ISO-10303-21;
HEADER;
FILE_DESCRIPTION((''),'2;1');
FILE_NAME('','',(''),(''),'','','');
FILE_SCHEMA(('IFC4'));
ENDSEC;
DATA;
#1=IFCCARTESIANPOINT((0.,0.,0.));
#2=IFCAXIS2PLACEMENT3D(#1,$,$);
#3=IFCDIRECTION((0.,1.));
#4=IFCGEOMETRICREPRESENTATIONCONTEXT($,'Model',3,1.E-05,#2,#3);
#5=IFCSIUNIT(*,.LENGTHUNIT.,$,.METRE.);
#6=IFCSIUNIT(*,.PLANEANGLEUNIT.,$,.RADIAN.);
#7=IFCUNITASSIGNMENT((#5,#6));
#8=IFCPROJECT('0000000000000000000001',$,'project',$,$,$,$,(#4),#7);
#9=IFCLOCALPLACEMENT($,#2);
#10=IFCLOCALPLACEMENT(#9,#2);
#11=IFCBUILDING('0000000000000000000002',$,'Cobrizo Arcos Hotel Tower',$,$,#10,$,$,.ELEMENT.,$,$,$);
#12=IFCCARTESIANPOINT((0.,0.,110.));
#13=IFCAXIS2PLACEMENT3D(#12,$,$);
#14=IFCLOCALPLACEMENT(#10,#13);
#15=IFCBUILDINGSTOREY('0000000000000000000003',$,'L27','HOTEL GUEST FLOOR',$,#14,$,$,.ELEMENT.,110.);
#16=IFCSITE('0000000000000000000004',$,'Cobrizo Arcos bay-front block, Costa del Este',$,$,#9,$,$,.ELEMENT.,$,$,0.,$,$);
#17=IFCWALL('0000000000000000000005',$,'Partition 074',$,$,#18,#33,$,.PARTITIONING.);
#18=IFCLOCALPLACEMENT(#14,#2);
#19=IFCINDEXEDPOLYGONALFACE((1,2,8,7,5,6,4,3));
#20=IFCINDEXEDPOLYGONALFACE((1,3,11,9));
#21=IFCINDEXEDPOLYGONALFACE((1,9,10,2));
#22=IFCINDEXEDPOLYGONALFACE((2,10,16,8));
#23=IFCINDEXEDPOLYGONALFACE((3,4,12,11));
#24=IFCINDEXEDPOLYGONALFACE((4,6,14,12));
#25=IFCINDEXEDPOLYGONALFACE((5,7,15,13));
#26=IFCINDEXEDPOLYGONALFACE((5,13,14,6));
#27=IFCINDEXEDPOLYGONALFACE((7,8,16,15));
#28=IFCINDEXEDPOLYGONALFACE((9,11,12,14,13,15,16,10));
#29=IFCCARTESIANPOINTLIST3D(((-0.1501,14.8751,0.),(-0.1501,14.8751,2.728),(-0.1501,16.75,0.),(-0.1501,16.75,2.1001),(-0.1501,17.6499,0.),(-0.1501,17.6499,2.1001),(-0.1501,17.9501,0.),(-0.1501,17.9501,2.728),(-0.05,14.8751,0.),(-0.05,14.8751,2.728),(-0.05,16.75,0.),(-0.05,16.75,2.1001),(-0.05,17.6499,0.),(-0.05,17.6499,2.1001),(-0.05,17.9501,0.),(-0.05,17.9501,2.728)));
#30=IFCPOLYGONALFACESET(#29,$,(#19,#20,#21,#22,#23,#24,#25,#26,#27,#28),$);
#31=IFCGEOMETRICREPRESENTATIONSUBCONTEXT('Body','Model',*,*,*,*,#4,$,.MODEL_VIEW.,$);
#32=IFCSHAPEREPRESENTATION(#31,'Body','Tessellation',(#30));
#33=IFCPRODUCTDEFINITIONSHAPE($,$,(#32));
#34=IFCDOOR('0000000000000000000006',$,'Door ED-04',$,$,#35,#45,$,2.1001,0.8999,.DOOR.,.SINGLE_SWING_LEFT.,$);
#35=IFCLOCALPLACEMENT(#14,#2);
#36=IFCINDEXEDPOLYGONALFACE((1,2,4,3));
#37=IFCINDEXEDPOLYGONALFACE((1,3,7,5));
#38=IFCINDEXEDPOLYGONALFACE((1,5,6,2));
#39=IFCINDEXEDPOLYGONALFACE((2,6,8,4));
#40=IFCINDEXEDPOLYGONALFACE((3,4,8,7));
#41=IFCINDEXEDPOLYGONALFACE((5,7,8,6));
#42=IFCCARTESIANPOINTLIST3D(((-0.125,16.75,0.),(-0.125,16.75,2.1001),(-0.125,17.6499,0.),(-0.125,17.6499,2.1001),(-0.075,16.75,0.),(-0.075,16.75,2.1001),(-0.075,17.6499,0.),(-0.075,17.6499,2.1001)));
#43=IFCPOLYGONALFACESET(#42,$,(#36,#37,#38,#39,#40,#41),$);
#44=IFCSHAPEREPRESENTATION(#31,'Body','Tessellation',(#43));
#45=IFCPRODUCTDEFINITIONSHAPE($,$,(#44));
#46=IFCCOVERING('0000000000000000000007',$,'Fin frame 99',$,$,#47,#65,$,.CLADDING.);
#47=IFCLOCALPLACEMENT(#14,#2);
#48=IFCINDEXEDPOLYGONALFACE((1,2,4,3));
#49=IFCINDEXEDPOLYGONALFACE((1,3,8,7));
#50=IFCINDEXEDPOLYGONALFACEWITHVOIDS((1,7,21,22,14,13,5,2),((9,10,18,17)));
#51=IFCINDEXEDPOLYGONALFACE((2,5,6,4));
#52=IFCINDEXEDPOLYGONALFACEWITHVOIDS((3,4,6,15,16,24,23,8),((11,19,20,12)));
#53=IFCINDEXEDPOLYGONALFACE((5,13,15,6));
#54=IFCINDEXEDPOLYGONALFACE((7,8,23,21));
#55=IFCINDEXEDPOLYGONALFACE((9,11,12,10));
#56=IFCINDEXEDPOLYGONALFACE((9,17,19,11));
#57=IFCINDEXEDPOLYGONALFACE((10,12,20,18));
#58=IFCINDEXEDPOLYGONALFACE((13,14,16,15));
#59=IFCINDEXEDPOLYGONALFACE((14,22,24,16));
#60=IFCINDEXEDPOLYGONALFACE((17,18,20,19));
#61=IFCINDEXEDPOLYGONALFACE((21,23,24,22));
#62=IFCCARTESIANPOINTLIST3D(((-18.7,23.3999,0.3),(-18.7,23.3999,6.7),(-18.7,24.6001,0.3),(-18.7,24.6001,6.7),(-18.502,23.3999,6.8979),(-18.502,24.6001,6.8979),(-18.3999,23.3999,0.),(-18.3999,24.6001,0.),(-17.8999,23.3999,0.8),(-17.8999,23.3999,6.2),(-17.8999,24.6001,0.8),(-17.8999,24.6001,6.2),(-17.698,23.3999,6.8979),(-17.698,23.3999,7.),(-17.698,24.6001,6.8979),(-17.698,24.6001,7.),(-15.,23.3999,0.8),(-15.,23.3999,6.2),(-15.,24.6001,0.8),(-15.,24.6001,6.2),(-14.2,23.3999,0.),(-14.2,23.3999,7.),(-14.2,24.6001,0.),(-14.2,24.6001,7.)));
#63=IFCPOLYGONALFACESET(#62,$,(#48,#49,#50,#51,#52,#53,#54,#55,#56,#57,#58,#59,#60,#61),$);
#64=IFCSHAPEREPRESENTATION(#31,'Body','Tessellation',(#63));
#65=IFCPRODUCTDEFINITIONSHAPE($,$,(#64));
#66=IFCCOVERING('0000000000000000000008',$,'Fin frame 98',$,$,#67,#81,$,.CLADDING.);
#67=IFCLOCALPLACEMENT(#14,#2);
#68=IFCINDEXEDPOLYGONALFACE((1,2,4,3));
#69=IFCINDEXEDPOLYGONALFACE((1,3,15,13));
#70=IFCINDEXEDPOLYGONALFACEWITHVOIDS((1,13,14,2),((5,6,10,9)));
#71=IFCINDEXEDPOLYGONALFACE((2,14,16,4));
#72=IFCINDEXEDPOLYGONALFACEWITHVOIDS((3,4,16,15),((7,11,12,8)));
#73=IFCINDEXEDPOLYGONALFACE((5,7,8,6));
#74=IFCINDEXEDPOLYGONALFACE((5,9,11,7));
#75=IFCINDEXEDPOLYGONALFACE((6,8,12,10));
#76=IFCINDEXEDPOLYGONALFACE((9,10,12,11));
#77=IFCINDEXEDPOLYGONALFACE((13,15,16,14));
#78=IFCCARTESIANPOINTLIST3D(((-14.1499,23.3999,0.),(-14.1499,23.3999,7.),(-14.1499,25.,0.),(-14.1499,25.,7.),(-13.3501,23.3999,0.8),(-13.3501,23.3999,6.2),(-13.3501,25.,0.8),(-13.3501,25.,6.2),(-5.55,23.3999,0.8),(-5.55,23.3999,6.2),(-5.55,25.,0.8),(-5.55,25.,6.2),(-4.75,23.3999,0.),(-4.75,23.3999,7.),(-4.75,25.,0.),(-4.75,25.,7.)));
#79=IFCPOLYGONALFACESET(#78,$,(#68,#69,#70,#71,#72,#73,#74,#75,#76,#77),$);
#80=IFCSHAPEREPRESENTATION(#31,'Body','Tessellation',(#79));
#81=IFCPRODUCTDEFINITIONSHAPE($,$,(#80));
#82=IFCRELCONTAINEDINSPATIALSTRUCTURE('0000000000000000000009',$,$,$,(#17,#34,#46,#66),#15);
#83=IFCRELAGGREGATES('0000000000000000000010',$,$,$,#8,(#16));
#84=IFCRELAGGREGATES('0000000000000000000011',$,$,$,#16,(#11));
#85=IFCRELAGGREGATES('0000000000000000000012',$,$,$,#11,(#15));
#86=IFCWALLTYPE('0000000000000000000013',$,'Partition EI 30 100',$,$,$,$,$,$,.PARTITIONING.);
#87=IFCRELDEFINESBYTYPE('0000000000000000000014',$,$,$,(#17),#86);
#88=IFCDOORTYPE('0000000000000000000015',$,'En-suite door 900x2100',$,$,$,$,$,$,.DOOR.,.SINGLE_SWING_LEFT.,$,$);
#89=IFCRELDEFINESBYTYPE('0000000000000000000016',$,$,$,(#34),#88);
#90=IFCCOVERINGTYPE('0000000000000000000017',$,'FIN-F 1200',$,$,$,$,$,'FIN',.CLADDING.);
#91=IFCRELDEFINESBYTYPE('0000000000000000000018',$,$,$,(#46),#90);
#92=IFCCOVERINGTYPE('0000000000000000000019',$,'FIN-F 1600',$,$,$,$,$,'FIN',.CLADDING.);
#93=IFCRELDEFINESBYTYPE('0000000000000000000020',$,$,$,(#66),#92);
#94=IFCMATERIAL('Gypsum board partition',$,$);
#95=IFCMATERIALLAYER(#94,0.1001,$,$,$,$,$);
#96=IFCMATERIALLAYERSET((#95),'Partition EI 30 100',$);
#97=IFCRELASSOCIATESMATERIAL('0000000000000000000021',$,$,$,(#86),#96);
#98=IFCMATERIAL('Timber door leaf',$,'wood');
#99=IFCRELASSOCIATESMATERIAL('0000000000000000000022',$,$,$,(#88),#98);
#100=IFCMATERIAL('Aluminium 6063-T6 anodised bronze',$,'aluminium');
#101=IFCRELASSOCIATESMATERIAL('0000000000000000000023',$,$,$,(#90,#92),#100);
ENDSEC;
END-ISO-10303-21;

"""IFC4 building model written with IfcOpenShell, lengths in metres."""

from ifc_helpers import new_model, si_unit, direction, frame, frame_2d, origin, place, context, subcontext, project, spatial, polyline, rectangle, outline, extrude, material, layer, layer_set, type_object, element, fill, save


model = new_model("IFC4")

# Units and contexts
model_context = context("Model", 3, precision=1e-05, world=origin(), true_north=direction((0.0, 1.0)))
body_context = subcontext(model_context, "Body", "Model", "MODEL_VIEW")
ifc_project = project(units=[si_unit("LENGTHUNIT", "METRE"), si_unit("PLANEANGLEUNIT", "RADIAN")], contexts=[model_context])

# Site, building, storey
site_placement = place(None, origin())
site = spatial("IfcSite", under=ifc_project, at=site_placement, Name="Cobrizo Arcos bay-front block, Costa del Este", CompositionType="ELEMENT", RefElevation=0.0)
building_placement = place(site_placement, origin())
building = spatial("IfcBuilding", under=site, at=building_placement, Name="Cobrizo Arcos Hotel Tower", CompositionType="ELEMENT")
storey_placement = place(building_placement, frame((0.0, 0.0, 110.0)))
storey = spatial("IfcBuildingStorey", under=building, at=storey_placement, Name="L27", Description="HOTEL GUEST FLOOR", CompositionType="ELEMENT", Elevation=110.0)

# Shared definitions
ifc_material_1 = material(Name="Aluminium 6063-T6 anodised bronze", Category="aluminium")

# Shared definitions
ifc_material_2 = material(Name="Gypsum board partition")
ifc_layer_1 = layer(ifc_material_2, 0.1001)
ifc_layer_set_1 = layer_set([ifc_layer_1], Name="Partition EI 30 100")
wall_type = type_object("IfcWallType", Name="Partition EI 30 100", PredefinedType="PARTITIONING", material=ifc_layer_set_1)

# Shared definitions
ifc_material_3 = material(Name="Timber door leaf", Category="wood")
door_type = type_object("IfcDoorType", Name="En-suite door 900x2100", OperationType="SINGLE_SWING_LEFT", PredefinedType="DOOR", material=ifc_material_3)

# Wall, opening, door
wall_1_placement = place(storey_placement, frame((-0.1001, 14.875, 0.0), z_axis=(0.0, 0.0, 1.0), x_axis=(0.0, 1.0, 0.0)))
wall_1 = element("IfcWall", 1, at=wall_1_placement, inside=storey, type_object=wall_type, Name="Partition 074", PredefinedType="PARTITIONING", context=body_context, shape_type="SweptSolid", body=[
    extrude(rectangle(XDim=3.075, YDim=0.1001, at=frame_2d((1.5376, 0.0))), origin(), (0.0, 0.0, 1.0), 2.728),
])
opening_1_placement = place(wall_1_placement, frame((1.875, 0.0, 0.0)))
opening_1 = element("IfcOpeningElement", 2, at=opening_1_placement, cuts=wall_1, PredefinedType="OPENING", context=body_context, shape_type="SweptSolid", body=[
    extrude(rectangle(XDim=0.8999, YDim=2.1001, at=frame_2d((0.45, 1.05))), frame((0.0, 0.062, 0.0), z_axis=(0.0, -1.0, 0.0), x_axis=(1.0, 0.0, 0.0)), (0.0, 0.0, 1.0), 0.124),
])
door_1_placement = place(opening_1_placement, origin())
door_1 = element("IfcDoor", 3, at=door_1_placement, inside=storey, type_object=door_type, Name="Door ED-04", OperationType="SINGLE_SWING_LEFT", OverallHeight=2.1001, OverallWidth=0.8999, PredefinedType="DOOR", context=body_context, shape_type="SweptSolid", body=[
    extrude(rectangle(XDim=0.8999, YDim=2.1001, at=frame_2d((0.45, 1.05))), frame((0.0, 0.0249, 0.0), z_axis=(0.0, -1.0, 0.0), x_axis=(1.0, 0.0, 0.0)), (0.0, 0.0, 1.0), 0.05),
])
fill(opening_1, door_1)

# Coverings
covering_type_1 = type_object("IfcCoveringType", Name="FIN-F 1200", ElementType="FIN", PredefinedType="CLADDING", material=ifc_material_1)
covering_1_placement = place(storey_placement, frame((-14.2, 23.3999, 0.0), z_axis=(0.0, 1.0, 0.0), x_axis=(-1.0, 0.0, 0.0)))
element("IfcCovering", 4, at=covering_1_placement, inside=storey, type_object=covering_type_1, Name="Fin frame 99", PredefinedType="CLADDING", context=body_context, shape_type="SweptSolid", body=[
    extrude(outline(polyline([(4.5, 6.7), (4.302, 6.8979), (3.498, 6.8979), (3.498, 7.0), (0.0, 7.0), (0.0, 0.0), (4.2, 0.0), (4.5, 0.3), (4.5, 6.7)]), holes=[polyline([(3.7, 0.8), (0.8, 0.8), (0.8, 6.2), (3.7, 6.2), (3.7, 0.8)])]), origin(), (0.0, 0.0, 1.0), 1.2002),
])
covering_type_2 = type_object("IfcCoveringType", Name="FIN-F 1600", ElementType="FIN", PredefinedType="CLADDING", material=ifc_material_1)
covering_2_placement = place(storey_placement, frame((-4.75, 23.3999, 0.0), z_axis=(0.0, 1.0, 0.0), x_axis=(-1.0, 0.0, 0.0)))
element("IfcCovering", 5, at=covering_2_placement, inside=storey, type_object=covering_type_2, Name="Fin frame 98", PredefinedType="CLADDING", context=body_context, shape_type="SweptSolid", body=[
    extrude(outline(polyline([(0.0, 7.0), (0.0, 0.0), (9.3999, 0.0), (9.3999, 7.0), (0.0, 7.0)]), holes=[polyline([(8.6001, 0.8), (0.8, 0.8), (0.8, 6.2), (8.6001, 6.2), (8.6001, 0.8)])]), origin(), (0.0, 0.0, 1.0), 1.6001),
])

save(model, "model.ifc")
